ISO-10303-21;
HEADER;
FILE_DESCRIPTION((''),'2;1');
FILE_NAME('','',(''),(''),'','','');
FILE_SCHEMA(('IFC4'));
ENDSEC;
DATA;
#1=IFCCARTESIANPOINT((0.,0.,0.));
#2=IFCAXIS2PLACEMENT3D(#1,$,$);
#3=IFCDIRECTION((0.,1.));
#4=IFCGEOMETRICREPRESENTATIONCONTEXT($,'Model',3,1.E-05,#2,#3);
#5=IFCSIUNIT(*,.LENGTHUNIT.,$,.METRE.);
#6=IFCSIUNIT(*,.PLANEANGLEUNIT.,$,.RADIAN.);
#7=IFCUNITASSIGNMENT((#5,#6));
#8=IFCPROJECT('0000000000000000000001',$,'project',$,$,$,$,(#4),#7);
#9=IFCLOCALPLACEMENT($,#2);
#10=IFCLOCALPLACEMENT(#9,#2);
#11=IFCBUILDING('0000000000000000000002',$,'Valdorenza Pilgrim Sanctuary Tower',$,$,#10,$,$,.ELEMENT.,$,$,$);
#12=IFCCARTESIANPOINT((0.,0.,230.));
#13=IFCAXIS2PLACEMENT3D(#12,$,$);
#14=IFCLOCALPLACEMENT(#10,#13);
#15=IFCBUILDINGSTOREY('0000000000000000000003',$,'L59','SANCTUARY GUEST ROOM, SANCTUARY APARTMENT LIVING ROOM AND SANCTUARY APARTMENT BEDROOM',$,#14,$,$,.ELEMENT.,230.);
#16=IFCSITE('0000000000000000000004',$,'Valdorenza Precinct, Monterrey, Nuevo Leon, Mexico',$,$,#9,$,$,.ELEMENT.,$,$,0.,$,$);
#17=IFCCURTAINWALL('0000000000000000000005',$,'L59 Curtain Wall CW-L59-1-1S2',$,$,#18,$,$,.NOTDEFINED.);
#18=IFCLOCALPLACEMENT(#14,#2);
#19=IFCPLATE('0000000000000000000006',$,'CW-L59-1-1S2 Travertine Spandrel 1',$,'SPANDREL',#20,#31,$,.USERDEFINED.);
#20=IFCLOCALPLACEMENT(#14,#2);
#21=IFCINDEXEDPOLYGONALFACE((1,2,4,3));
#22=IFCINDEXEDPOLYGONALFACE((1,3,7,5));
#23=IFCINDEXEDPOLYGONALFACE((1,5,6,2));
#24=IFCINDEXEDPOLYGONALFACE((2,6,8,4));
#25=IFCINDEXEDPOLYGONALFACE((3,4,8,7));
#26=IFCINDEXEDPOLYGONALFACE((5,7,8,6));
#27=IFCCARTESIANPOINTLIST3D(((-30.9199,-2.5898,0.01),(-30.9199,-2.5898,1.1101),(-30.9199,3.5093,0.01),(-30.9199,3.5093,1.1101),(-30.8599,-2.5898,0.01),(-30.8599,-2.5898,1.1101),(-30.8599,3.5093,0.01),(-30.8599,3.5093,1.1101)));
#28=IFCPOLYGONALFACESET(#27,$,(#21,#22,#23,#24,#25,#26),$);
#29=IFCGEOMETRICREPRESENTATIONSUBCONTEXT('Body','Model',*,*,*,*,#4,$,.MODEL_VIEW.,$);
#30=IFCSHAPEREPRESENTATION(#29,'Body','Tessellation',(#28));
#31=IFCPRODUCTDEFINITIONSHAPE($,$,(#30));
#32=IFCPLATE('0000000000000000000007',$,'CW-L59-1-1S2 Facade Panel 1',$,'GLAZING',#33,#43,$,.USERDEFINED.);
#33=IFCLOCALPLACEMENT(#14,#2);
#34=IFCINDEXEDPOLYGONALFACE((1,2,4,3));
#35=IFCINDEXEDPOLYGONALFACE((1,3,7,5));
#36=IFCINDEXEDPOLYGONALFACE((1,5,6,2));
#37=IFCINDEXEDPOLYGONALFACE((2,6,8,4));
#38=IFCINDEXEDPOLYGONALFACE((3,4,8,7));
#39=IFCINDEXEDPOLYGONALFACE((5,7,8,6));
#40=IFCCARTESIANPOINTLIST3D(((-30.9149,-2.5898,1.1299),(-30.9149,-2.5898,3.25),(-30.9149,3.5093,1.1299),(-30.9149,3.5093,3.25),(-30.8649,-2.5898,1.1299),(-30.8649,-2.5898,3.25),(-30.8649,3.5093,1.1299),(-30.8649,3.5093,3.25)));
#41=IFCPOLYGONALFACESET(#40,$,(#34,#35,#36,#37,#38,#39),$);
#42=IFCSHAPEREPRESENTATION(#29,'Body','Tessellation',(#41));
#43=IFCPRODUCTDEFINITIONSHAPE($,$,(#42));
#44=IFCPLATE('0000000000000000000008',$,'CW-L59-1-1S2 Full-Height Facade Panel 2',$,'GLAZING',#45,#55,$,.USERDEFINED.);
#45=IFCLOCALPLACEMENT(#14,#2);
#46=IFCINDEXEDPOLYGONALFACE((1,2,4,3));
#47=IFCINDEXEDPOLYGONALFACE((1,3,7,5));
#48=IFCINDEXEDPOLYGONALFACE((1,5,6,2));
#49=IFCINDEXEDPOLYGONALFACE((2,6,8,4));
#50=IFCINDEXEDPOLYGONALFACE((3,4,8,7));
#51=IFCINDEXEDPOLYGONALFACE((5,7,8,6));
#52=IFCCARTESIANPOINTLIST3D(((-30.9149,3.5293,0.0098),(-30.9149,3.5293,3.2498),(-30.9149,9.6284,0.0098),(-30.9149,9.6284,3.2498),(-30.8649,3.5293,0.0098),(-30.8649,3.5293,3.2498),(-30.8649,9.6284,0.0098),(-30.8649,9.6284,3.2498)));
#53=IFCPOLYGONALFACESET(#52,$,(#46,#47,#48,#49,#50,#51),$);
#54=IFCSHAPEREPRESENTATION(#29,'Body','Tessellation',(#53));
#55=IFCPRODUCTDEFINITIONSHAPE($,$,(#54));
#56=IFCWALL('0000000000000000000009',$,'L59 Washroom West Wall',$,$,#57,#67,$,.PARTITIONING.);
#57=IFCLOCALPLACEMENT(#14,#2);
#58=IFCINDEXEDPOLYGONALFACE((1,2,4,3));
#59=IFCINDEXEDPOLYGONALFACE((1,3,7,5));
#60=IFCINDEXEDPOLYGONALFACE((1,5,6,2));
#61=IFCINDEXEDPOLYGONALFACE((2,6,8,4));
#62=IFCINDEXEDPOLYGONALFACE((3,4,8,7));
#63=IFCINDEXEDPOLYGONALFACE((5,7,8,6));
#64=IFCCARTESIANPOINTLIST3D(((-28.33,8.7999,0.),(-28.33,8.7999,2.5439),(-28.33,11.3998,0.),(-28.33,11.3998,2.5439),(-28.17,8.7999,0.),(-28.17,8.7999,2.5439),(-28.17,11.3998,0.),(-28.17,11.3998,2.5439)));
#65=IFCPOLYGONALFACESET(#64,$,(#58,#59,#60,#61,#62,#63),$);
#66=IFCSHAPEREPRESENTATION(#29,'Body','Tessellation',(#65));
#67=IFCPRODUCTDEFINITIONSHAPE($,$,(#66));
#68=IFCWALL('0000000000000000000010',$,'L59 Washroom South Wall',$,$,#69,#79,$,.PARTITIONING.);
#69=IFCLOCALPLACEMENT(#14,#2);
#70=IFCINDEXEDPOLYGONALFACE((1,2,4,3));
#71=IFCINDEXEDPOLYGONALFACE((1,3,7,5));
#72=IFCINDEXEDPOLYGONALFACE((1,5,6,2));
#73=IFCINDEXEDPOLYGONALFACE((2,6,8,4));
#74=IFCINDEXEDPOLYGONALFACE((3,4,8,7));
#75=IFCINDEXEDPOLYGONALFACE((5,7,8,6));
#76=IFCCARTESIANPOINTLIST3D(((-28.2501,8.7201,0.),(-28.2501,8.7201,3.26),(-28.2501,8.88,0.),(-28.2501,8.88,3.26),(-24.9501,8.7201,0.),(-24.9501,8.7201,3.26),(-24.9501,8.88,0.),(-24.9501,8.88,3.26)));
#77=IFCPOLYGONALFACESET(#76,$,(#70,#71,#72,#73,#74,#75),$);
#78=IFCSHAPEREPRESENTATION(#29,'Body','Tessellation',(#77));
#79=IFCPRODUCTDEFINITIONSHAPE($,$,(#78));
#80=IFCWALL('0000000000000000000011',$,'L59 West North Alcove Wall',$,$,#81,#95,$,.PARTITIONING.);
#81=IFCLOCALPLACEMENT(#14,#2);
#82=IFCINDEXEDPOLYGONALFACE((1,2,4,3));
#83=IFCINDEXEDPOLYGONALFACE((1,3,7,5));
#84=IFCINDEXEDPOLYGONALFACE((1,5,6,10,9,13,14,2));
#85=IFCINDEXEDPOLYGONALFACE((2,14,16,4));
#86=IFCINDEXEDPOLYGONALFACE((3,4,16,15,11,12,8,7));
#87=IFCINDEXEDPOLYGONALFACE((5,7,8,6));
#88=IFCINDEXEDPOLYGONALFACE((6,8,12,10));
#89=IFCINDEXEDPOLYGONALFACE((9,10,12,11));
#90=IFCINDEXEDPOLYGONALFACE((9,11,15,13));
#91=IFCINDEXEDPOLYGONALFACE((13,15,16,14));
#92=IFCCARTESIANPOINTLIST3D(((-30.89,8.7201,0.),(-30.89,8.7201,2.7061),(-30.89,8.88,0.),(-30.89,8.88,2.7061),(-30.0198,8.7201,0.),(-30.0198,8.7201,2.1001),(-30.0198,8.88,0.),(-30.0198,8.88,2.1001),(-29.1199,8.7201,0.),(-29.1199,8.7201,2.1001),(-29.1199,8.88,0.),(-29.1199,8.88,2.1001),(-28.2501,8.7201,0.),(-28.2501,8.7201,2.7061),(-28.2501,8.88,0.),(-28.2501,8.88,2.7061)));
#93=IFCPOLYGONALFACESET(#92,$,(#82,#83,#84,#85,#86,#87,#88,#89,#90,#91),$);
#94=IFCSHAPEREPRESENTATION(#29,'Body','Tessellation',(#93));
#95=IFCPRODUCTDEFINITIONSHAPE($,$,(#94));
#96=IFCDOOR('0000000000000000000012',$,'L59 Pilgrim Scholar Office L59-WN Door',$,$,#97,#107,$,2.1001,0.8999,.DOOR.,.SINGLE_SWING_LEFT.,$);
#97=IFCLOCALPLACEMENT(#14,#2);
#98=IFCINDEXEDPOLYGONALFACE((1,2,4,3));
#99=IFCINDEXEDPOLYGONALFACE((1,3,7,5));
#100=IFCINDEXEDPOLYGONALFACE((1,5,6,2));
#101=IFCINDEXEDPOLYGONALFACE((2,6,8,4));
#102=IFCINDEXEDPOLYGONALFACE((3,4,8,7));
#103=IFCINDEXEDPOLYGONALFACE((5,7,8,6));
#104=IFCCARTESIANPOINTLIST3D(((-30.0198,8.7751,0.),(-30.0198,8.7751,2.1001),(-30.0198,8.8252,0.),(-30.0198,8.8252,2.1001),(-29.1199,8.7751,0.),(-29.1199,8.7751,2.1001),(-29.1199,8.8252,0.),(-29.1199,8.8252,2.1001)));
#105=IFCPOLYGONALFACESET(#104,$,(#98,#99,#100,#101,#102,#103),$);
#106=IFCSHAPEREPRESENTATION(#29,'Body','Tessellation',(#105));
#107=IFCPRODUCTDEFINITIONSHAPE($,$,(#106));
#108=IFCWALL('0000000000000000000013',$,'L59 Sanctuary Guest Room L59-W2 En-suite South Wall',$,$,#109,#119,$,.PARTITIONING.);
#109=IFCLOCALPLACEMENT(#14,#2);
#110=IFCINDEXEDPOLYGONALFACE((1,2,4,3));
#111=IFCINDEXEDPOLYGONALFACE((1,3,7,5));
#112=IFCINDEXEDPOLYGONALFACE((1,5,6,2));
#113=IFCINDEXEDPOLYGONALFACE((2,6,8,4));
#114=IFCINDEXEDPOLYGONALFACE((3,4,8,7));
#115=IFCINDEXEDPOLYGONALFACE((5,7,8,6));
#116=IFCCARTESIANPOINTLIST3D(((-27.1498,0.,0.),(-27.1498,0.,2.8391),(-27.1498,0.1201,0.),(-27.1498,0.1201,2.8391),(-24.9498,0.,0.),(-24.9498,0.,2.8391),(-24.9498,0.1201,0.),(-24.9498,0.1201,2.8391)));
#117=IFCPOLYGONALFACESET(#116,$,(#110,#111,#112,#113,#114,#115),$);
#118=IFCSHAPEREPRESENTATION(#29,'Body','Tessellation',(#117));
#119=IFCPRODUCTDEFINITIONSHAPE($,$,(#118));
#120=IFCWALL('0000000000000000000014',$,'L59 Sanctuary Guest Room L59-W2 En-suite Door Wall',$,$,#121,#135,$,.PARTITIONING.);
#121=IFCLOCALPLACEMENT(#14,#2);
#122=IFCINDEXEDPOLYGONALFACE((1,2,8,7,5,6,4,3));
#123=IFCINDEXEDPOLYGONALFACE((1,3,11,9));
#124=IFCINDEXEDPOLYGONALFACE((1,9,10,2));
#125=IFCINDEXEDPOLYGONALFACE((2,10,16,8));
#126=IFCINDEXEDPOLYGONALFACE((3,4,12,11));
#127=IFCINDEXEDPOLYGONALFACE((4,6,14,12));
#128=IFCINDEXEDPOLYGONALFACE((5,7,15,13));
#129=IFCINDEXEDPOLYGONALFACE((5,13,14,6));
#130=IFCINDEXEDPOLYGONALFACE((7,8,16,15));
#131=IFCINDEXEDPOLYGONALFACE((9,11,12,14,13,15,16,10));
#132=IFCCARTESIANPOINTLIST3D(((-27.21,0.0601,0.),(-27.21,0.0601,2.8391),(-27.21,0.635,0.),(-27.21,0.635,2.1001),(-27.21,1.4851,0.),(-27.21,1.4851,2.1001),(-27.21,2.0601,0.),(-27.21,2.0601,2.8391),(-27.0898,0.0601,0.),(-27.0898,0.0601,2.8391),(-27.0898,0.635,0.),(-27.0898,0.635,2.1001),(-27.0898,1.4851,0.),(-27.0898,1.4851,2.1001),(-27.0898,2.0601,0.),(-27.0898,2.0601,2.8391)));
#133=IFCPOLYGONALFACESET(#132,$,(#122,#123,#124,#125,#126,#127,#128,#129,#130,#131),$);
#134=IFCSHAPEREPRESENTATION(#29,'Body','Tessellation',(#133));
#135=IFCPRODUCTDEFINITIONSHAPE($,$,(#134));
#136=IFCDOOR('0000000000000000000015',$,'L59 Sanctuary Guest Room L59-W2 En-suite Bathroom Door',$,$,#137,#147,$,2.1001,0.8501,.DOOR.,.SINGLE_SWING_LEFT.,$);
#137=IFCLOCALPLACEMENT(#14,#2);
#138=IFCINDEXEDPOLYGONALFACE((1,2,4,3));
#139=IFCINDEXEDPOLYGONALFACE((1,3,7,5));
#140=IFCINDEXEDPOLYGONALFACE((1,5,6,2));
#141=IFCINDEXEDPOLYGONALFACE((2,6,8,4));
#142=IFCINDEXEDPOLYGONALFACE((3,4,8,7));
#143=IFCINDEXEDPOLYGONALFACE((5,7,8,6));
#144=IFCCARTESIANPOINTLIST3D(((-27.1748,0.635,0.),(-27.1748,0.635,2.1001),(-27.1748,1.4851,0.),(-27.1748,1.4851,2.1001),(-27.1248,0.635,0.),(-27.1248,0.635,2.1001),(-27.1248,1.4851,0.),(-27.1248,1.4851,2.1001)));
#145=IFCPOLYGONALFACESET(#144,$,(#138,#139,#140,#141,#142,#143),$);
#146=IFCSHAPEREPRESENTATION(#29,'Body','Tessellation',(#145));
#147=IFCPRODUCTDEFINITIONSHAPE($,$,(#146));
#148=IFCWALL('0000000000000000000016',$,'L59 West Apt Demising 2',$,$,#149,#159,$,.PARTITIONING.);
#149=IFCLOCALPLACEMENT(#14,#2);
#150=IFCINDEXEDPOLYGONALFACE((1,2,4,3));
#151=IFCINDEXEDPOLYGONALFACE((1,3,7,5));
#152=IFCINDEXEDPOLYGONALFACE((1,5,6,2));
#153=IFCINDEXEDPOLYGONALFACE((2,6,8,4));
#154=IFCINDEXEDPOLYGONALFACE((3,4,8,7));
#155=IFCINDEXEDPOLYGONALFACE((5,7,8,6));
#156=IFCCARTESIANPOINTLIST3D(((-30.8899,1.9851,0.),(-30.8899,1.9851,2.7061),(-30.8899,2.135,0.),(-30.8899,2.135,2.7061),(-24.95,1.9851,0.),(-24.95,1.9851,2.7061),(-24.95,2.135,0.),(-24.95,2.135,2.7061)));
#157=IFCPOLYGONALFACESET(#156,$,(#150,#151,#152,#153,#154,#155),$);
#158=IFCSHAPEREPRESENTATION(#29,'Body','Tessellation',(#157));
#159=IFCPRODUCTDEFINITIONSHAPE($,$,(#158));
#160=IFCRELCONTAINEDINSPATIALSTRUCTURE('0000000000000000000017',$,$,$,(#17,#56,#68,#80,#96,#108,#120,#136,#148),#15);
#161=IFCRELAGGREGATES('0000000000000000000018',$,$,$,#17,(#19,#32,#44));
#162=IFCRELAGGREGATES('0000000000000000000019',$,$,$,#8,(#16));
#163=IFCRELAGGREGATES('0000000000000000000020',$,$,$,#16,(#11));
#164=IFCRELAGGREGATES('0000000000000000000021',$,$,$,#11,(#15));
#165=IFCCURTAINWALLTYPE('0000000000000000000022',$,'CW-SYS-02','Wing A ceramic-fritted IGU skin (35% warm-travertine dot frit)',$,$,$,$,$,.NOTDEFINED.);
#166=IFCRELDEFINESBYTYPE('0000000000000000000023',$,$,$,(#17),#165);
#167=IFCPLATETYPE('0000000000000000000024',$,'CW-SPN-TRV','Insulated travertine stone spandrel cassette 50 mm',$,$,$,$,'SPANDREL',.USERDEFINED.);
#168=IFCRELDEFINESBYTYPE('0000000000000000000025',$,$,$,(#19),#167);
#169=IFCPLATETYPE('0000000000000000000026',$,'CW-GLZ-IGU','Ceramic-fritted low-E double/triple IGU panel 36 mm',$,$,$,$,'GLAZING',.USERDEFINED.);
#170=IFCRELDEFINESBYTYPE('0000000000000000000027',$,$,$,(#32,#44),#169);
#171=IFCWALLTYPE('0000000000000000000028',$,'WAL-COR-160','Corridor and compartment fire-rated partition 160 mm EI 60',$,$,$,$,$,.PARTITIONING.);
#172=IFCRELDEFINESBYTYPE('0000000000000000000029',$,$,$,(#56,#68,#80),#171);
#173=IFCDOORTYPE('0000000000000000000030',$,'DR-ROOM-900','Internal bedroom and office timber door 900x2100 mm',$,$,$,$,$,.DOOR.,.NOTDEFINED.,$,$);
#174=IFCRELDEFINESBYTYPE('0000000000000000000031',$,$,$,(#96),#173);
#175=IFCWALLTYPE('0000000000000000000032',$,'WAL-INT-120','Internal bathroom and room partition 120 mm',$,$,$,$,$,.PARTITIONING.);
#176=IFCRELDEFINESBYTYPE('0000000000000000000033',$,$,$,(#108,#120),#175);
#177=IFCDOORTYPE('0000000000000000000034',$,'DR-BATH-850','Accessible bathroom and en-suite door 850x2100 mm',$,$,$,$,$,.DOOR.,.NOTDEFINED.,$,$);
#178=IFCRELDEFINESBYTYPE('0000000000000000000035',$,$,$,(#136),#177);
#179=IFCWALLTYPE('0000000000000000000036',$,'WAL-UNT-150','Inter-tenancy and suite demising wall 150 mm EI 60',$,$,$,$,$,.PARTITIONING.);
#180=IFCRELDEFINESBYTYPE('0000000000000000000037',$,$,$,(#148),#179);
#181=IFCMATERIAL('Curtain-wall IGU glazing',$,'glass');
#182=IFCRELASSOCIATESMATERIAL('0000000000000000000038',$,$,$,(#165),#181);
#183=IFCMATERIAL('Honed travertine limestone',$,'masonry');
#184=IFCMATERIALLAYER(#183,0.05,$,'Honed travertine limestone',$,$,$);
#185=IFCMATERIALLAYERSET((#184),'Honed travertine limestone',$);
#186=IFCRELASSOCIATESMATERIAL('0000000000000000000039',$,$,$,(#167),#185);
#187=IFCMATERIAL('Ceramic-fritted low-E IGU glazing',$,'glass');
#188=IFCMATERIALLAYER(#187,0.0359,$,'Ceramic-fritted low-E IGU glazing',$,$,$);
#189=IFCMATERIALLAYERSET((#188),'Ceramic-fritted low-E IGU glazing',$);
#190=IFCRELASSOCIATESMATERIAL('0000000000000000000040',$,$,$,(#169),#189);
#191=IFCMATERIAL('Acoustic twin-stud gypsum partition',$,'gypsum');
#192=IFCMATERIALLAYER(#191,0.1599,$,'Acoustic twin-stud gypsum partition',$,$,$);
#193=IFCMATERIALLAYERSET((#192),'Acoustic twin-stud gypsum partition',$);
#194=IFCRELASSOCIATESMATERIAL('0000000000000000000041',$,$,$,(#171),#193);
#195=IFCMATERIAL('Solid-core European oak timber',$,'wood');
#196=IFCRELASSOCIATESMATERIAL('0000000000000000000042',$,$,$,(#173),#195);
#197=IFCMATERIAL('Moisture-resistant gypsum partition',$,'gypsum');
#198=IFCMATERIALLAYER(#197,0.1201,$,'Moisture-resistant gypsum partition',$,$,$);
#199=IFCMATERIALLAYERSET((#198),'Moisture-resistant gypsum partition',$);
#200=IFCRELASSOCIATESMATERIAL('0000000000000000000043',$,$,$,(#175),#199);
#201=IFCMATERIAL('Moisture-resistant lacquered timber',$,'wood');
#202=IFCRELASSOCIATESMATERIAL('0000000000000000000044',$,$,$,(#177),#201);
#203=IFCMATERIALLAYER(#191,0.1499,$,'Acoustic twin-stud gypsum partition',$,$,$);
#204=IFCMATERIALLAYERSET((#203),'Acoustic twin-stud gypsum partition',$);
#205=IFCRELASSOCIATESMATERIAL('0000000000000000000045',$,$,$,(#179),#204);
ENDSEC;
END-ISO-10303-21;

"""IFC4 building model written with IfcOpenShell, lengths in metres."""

from ifc_helpers import new_model, si_unit, direction, frame, frame_2d, origin, origin_2d, place, context, subcontext, project, spatial, rectangle, extrude, source, transform, mapped, material, layer, layer_set, type_object, element, fill, aggregate, save


model = new_model("IFC4")

# Units and contexts
model_context = context("Model", 3, precision=1e-05, world=origin(), true_north=direction((0.0, 1.0)))
body_context = subcontext(model_context, "Body", "Model", "MODEL_VIEW")
ifc_project = project(units=[si_unit("LENGTHUNIT", "METRE"), si_unit("PLANEANGLEUNIT", "RADIAN")], contexts=[model_context])

# Site, building, storey
site_placement = place(None, origin())
site = spatial("IfcSite", under=ifc_project, at=site_placement, Name="Valdorenza Precinct, Monterrey, Nuevo Leon, Mexico", CompositionType="ELEMENT", RefElevation=0.0)
building_placement = place(site_placement, origin())
building = spatial("IfcBuilding", under=site, at=building_placement, Name="Valdorenza Pilgrim Sanctuary Tower", CompositionType="ELEMENT")
storey_placement = place(building_placement, frame((0.0, 0.0, 230.0)))
storey = spatial("IfcBuildingStorey", under=building, at=storey_placement, Name="L59", Description="SANCTUARY GUEST ROOM, SANCTUARY APARTMENT LIVING ROOM AND SANCTUARY APARTMENT BEDROOM", CompositionType="ELEMENT", Elevation=230.0)

# Curtain wall, plates
ifc_material_1 = material(Name="Curtain-wall IGU glazing", Category="glass")
curtain_wall_type = type_object("IfcCurtainWallType", Name="CW-SYS-02", Description="Wing A ceramic-fritted IGU skin (35% warm-travertine dot frit)", PredefinedType="NOTDEFINED", material=ifc_material_1)
curtain_wall_placement = place(storey_placement, origin())
curtain_wall = element("IfcCurtainWall", 1, at=curtain_wall_placement, inside=storey, type_object=curtain_wall_type, Name="L59 Curtain Wall CW-L59-1-1S2", PredefinedType="NOTDEFINED")
ifc_material_2 = material(Name="Honed travertine limestone", Category="masonry")
ifc_layer_1 = layer(ifc_material_2, 0.05, Name="Honed travertine limestone")
ifc_layer_set_1 = layer_set([ifc_layer_1], Name="Honed travertine limestone")
plate_type_1 = type_object("IfcPlateType", Name="CW-SPN-TRV", Description="Insulated travertine stone spandrel cassette 50 mm", ElementType="SPANDREL", PredefinedType="USERDEFINED", material=ifc_layer_set_1)
shared_shape_1 = source(origin(), body_context, "Body", "SweptSolid", [
    extrude(rectangle(XDim=6.0991, YDim=0.0601, at=origin_2d()), origin(), (0.0, 0.0, 1.0), 1.1001),
])
plate_1_placement = place(storey_placement, frame((-30.8899, 0.4597, 0.01), z_axis=(0.0, 0.0, 1.0), x_axis=(0.0, 1.0, 0.0)))
plate_1 = element("IfcPlate", 2, at=plate_1_placement, type_object=plate_type_1, Name="CW-L59-1-1S2 Travertine Spandrel 1", ObjectType="SPANDREL", PredefinedType="USERDEFINED", context=body_context, shape_type="MappedRepresentation", body=[
    mapped(shared_shape_1, transform((0.0, 0.0, 0.0), x_axis=(1.0, 0.0, 0.0), y_axis=(0.0, 1.0, 0.0), z_axis=(0.0, 0.0, 1.0), scale=1.0)),
])
ifc_material_3 = material(Name="Ceramic-fritted low-E IGU glazing", Category="glass")
ifc_layer_2 = layer(ifc_material_3, 0.0359, Name="Ceramic-fritted low-E IGU glazing")
ifc_layer_set_2 = layer_set([ifc_layer_2], Name="Ceramic-fritted low-E IGU glazing")
plate_type_2 = type_object("IfcPlateType", Name="CW-GLZ-IGU", Description="Ceramic-fritted low-E double/triple IGU panel 36 mm", ElementType="GLAZING", PredefinedType="USERDEFINED", material=ifc_layer_set_2)
shared_shape_2 = source(origin(), body_context, "Body", "SweptSolid", [
    extrude(rectangle(XDim=6.0991, YDim=0.05, at=origin_2d()), origin(), (0.0, 0.0, 1.0), 2.1201),
])
plate_2_placement = place(storey_placement, frame((-30.8899, 0.4597, 1.1299), z_axis=(0.0, 0.0, 1.0), x_axis=(0.0, 1.0, 0.0)))
plate_2 = element("IfcPlate", 3, at=plate_2_placement, type_object=plate_type_2, Name="CW-L59-1-1S2 Facade Panel 1", ObjectType="GLAZING", PredefinedType="USERDEFINED", context=body_context, shape_type="MappedRepresentation", body=[
    mapped(shared_shape_2, transform((0.0, 0.0, 0.0), x_axis=(1.0, 0.0, 0.0), y_axis=(0.0, 1.0, 0.0), z_axis=(0.0, 0.0, 1.0), scale=1.0)),
])
shared_shape_3 = source(origin(), body_context, "Body", "SweptSolid", [
    extrude(rectangle(XDim=6.0991, YDim=0.05, at=origin_2d()), origin(), (0.0, 0.0, 1.0), 3.24),
])
plate_3_placement = place(storey_placement, frame((-30.8899, 6.5789, 0.0098), z_axis=(0.0, 0.0, 1.0), x_axis=(0.0, 1.0, 0.0)))
plate_3 = element("IfcPlate", 4, at=plate_3_placement, type_object=plate_type_2, Name="CW-L59-1-1S2 Full-Height Facade Panel 2", ObjectType="GLAZING", PredefinedType="USERDEFINED", context=body_context, shape_type="MappedRepresentation", body=[
    mapped(shared_shape_3, transform((0.0, 0.0, 0.0), x_axis=(1.0, 0.0, 0.0), y_axis=(0.0, 1.0, 0.0), z_axis=(0.0, 0.0, 1.0), scale=1.0)),
])
aggregate(curtain_wall, [plate_1, plate_2, plate_3])

# Walls
ifc_material_4 = material(Name="Acoustic twin-stud gypsum partition", Category="gypsum")
ifc_layer_3 = layer(ifc_material_4, 0.1599, Name="Acoustic twin-stud gypsum partition")
ifc_layer_set_3 = layer_set([ifc_layer_3], Name="Acoustic twin-stud gypsum partition")
wall_type_1 = type_object("IfcWallType", Name="WAL-COR-160", Description="Corridor and compartment fire-rated partition 160 mm EI 60", PredefinedType="PARTITIONING", material=ifc_layer_set_3)
wall_1_placement = place(storey_placement, frame((-28.25, 8.8, 0.0), z_axis=(0.0, 0.0, 1.0), x_axis=(0.0, 1.0, 0.0)))
element("IfcWall", 5, at=wall_1_placement, inside=storey, type_object=wall_type_1, Name="L59 Washroom West Wall", PredefinedType="PARTITIONING", context=body_context, shape_type="SweptSolid", body=[
    extrude(rectangle(XDim=2.5999, YDim=0.1599, at=frame_2d((1.2998, 0.0))), origin(), (0.0, 0.0, 1.0), 2.5439),
])
wall_2_placement = place(storey_placement, frame((-28.25, 8.8, 0.0), z_axis=(0.0, 0.0, 1.0), x_axis=(1.0, 0.0, 0.0)))
element("IfcWall", 6, at=wall_2_placement, inside=storey, type_object=wall_type_1, Name="L59 Washroom South Wall", PredefinedType="PARTITIONING", context=body_context, shape_type="SweptSolid", body=[
    extrude(rectangle(XDim=3.3, YDim=0.1599, at=frame_2d((1.6499, 0.0))), origin(), (0.0, 0.0, 1.0), 3.26),
])

# Wall, opening, door
wall_3_placement = place(storey_placement, frame((-30.8899, 8.8, 0.0), z_axis=(0.0, 0.0, 1.0), x_axis=(1.0, 0.0, 0.0)))
wall_3 = element("IfcWall", 7, at=wall_3_placement, inside=storey, type_object=wall_type_1, Name="L59 West North Alcove Wall", PredefinedType="PARTITIONING", context=body_context, shape_type="SweptSolid", body=[
    extrude(rectangle(XDim=2.6399, YDim=0.1599, at=frame_2d((1.3198, 0.0))), origin(), (0.0, 0.0, 1.0), 2.7061),
])
opening_1_placement = place(wall_3_placement, frame((0.8701, 0.0, 0.0)))
opening_1 = element("IfcOpeningElement", 8, at=opening_1_placement, cuts=wall_3, PredefinedType="OPENING", context=body_context, shape_type="SweptSolid", body=[
    extrude(rectangle(XDim=0.8999, YDim=2.1001, at=frame_2d((0.45, 1.05))), frame((0.0, 0.0947, 0.0), z_axis=(0.0, -1.0, 0.0), x_axis=(1.0, 0.0, 0.0)), (0.0, 0.0, 1.0), 0.1897),
])
ifc_material_5 = material(Name="Solid-core European oak timber", Category="wood")
door_type_1 = type_object("IfcDoorType", Name="DR-ROOM-900", Description="Internal bedroom and office timber door 900x2100 mm", OperationType="NOTDEFINED", PredefinedType="DOOR", material=ifc_material_5)
door_1_placement = place(opening_1_placement, frame((0.8999, 0.0, 0.0), z_axis=(0.0, 0.0, 1.0), x_axis=(-1.0, 0.0, 0.0)))
door_1 = element("IfcDoor", 9, at=door_1_placement, inside=storey, type_object=door_type_1, Name="L59 Pilgrim Scholar Office L59-WN Door", OperationType="SINGLE_SWING_LEFT", OverallHeight=2.1001, OverallWidth=0.8999, PredefinedType="DOOR", context=body_context, shape_type="SweptSolid", body=[
    extrude(rectangle(XDim=0.8999, YDim=2.1001, at=frame_2d((0.45, 1.05))), frame((0.0, 0.0249, 0.0), z_axis=(0.0, -1.0, 0.0), x_axis=(1.0, 0.0, 0.0)), (0.0, 0.0, 1.0), 0.05),
])
fill(opening_1, door_1)

# Wall
ifc_material_6 = material(Name="Moisture-resistant gypsum partition", Category="gypsum")
ifc_layer_4 = layer(ifc_material_6, 0.1201, Name="Moisture-resistant gypsum partition")
ifc_layer_set_4 = layer_set([ifc_layer_4], Name="Moisture-resistant gypsum partition")
wall_type_2 = type_object("IfcWallType", Name="WAL-INT-120", Description="Internal bathroom and room partition 120 mm", PredefinedType="PARTITIONING", material=ifc_layer_set_4)
wall_4_placement = place(storey_placement, frame((-27.1499, 0.0601, 0.0), z_axis=(0.0, 0.0, 1.0), x_axis=(1.0, 0.0, 0.0)))
element("IfcWall", 10, at=wall_4_placement, inside=storey, type_object=wall_type_2, Name="L59 Sanctuary Guest Room L59-W2 En-suite South Wall", PredefinedType="PARTITIONING", context=body_context, shape_type="SweptSolid", body=[
    extrude(rectangle(XDim=2.2, YDim=0.1201, at=frame_2d((1.1001, 0.0))), origin(), (0.0, 0.0, 1.0), 2.8391),
])

# Wall, opening, door
wall_5_placement = place(storey_placement, frame((-27.1499, 0.0601, 0.0), z_axis=(0.0, 0.0, 1.0), x_axis=(0.0, 1.0, 0.0)))
wall_5 = element("IfcWall", 11, at=wall_5_placement, inside=storey, type_object=wall_type_2, Name="L59 Sanctuary Guest Room L59-W2 En-suite Door Wall", PredefinedType="PARTITIONING", context=body_context, shape_type="SweptSolid", body=[
    extrude(rectangle(XDim=2.0, YDim=0.1201, at=frame_2d((1.0, 0.0))), origin(), (0.0, 0.0, 1.0), 2.8391),
])
opening_2_placement = place(wall_5_placement, frame((0.575, 0.0, 0.0)))
opening_2 = element("IfcOpeningElement", 12, at=opening_2_placement, cuts=wall_5, PredefinedType="OPENING", context=body_context, shape_type="SweptSolid", body=[
    extrude(rectangle(XDim=0.8501, YDim=2.1001, at=frame_2d((0.425, 1.05))), frame((0.0, 0.075, 0.0), z_axis=(0.0, -1.0, 0.0), x_axis=(1.0, 0.0, 0.0)), (0.0, 0.0, 1.0), 0.1499),
])
ifc_material_7 = material(Name="Moisture-resistant lacquered timber", Category="wood")
door_type_2 = type_object("IfcDoorType", Name="DR-BATH-850", Description="Accessible bathroom and en-suite door 850x2100 mm", OperationType="NOTDEFINED", PredefinedType="DOOR", material=ifc_material_7)
door_2_placement = place(opening_2_placement, origin())
door_2 = element("IfcDoor", 13, at=door_2_placement, inside=storey, type_object=door_type_2, Name="L59 Sanctuary Guest Room L59-W2 En-suite Bathroom Door", OperationType="SINGLE_SWING_LEFT", OverallHeight=2.1001, OverallWidth=0.8501, PredefinedType="DOOR", context=body_context, shape_type="SweptSolid", body=[
    extrude(rectangle(XDim=0.8501, YDim=2.1001, at=frame_2d((0.425, 1.05))), frame((0.0, 0.0249, 0.0), z_axis=(0.0, -1.0, 0.0), x_axis=(1.0, 0.0, 0.0)), (0.0, 0.0, 1.0), 0.05),
])
fill(opening_2, door_2)

# Wall
ifc_layer_5 = layer(ifc_material_4, 0.1499, Name="Acoustic twin-stud gypsum partition")
ifc_layer_set_5 = layer_set([ifc_layer_5], Name="Acoustic twin-stud gypsum partition")
wall_type_3 = type_object("IfcWallType", Name="WAL-UNT-150", Description="Inter-tenancy and suite demising wall 150 mm EI 60", PredefinedType="PARTITIONING", material=ifc_layer_set_5)
wall_6_placement = place(storey_placement, frame((-30.8899, 2.0601, 0.0), z_axis=(0.0, 0.0, 1.0), x_axis=(1.0, 0.0, 0.0)))
element("IfcWall", 14, at=wall_6_placement, inside=storey, type_object=wall_type_3, Name="L59 West Apt Demising 2", PredefinedType="PARTITIONING", context=body_context, shape_type="SweptSolid", body=[
    extrude(rectangle(XDim=5.9399, YDim=0.1499, at=frame_2d((2.97, 0.0))), origin(), (0.0, 0.0, 1.0), 2.7061),
])

save(model, "model.ifc")
